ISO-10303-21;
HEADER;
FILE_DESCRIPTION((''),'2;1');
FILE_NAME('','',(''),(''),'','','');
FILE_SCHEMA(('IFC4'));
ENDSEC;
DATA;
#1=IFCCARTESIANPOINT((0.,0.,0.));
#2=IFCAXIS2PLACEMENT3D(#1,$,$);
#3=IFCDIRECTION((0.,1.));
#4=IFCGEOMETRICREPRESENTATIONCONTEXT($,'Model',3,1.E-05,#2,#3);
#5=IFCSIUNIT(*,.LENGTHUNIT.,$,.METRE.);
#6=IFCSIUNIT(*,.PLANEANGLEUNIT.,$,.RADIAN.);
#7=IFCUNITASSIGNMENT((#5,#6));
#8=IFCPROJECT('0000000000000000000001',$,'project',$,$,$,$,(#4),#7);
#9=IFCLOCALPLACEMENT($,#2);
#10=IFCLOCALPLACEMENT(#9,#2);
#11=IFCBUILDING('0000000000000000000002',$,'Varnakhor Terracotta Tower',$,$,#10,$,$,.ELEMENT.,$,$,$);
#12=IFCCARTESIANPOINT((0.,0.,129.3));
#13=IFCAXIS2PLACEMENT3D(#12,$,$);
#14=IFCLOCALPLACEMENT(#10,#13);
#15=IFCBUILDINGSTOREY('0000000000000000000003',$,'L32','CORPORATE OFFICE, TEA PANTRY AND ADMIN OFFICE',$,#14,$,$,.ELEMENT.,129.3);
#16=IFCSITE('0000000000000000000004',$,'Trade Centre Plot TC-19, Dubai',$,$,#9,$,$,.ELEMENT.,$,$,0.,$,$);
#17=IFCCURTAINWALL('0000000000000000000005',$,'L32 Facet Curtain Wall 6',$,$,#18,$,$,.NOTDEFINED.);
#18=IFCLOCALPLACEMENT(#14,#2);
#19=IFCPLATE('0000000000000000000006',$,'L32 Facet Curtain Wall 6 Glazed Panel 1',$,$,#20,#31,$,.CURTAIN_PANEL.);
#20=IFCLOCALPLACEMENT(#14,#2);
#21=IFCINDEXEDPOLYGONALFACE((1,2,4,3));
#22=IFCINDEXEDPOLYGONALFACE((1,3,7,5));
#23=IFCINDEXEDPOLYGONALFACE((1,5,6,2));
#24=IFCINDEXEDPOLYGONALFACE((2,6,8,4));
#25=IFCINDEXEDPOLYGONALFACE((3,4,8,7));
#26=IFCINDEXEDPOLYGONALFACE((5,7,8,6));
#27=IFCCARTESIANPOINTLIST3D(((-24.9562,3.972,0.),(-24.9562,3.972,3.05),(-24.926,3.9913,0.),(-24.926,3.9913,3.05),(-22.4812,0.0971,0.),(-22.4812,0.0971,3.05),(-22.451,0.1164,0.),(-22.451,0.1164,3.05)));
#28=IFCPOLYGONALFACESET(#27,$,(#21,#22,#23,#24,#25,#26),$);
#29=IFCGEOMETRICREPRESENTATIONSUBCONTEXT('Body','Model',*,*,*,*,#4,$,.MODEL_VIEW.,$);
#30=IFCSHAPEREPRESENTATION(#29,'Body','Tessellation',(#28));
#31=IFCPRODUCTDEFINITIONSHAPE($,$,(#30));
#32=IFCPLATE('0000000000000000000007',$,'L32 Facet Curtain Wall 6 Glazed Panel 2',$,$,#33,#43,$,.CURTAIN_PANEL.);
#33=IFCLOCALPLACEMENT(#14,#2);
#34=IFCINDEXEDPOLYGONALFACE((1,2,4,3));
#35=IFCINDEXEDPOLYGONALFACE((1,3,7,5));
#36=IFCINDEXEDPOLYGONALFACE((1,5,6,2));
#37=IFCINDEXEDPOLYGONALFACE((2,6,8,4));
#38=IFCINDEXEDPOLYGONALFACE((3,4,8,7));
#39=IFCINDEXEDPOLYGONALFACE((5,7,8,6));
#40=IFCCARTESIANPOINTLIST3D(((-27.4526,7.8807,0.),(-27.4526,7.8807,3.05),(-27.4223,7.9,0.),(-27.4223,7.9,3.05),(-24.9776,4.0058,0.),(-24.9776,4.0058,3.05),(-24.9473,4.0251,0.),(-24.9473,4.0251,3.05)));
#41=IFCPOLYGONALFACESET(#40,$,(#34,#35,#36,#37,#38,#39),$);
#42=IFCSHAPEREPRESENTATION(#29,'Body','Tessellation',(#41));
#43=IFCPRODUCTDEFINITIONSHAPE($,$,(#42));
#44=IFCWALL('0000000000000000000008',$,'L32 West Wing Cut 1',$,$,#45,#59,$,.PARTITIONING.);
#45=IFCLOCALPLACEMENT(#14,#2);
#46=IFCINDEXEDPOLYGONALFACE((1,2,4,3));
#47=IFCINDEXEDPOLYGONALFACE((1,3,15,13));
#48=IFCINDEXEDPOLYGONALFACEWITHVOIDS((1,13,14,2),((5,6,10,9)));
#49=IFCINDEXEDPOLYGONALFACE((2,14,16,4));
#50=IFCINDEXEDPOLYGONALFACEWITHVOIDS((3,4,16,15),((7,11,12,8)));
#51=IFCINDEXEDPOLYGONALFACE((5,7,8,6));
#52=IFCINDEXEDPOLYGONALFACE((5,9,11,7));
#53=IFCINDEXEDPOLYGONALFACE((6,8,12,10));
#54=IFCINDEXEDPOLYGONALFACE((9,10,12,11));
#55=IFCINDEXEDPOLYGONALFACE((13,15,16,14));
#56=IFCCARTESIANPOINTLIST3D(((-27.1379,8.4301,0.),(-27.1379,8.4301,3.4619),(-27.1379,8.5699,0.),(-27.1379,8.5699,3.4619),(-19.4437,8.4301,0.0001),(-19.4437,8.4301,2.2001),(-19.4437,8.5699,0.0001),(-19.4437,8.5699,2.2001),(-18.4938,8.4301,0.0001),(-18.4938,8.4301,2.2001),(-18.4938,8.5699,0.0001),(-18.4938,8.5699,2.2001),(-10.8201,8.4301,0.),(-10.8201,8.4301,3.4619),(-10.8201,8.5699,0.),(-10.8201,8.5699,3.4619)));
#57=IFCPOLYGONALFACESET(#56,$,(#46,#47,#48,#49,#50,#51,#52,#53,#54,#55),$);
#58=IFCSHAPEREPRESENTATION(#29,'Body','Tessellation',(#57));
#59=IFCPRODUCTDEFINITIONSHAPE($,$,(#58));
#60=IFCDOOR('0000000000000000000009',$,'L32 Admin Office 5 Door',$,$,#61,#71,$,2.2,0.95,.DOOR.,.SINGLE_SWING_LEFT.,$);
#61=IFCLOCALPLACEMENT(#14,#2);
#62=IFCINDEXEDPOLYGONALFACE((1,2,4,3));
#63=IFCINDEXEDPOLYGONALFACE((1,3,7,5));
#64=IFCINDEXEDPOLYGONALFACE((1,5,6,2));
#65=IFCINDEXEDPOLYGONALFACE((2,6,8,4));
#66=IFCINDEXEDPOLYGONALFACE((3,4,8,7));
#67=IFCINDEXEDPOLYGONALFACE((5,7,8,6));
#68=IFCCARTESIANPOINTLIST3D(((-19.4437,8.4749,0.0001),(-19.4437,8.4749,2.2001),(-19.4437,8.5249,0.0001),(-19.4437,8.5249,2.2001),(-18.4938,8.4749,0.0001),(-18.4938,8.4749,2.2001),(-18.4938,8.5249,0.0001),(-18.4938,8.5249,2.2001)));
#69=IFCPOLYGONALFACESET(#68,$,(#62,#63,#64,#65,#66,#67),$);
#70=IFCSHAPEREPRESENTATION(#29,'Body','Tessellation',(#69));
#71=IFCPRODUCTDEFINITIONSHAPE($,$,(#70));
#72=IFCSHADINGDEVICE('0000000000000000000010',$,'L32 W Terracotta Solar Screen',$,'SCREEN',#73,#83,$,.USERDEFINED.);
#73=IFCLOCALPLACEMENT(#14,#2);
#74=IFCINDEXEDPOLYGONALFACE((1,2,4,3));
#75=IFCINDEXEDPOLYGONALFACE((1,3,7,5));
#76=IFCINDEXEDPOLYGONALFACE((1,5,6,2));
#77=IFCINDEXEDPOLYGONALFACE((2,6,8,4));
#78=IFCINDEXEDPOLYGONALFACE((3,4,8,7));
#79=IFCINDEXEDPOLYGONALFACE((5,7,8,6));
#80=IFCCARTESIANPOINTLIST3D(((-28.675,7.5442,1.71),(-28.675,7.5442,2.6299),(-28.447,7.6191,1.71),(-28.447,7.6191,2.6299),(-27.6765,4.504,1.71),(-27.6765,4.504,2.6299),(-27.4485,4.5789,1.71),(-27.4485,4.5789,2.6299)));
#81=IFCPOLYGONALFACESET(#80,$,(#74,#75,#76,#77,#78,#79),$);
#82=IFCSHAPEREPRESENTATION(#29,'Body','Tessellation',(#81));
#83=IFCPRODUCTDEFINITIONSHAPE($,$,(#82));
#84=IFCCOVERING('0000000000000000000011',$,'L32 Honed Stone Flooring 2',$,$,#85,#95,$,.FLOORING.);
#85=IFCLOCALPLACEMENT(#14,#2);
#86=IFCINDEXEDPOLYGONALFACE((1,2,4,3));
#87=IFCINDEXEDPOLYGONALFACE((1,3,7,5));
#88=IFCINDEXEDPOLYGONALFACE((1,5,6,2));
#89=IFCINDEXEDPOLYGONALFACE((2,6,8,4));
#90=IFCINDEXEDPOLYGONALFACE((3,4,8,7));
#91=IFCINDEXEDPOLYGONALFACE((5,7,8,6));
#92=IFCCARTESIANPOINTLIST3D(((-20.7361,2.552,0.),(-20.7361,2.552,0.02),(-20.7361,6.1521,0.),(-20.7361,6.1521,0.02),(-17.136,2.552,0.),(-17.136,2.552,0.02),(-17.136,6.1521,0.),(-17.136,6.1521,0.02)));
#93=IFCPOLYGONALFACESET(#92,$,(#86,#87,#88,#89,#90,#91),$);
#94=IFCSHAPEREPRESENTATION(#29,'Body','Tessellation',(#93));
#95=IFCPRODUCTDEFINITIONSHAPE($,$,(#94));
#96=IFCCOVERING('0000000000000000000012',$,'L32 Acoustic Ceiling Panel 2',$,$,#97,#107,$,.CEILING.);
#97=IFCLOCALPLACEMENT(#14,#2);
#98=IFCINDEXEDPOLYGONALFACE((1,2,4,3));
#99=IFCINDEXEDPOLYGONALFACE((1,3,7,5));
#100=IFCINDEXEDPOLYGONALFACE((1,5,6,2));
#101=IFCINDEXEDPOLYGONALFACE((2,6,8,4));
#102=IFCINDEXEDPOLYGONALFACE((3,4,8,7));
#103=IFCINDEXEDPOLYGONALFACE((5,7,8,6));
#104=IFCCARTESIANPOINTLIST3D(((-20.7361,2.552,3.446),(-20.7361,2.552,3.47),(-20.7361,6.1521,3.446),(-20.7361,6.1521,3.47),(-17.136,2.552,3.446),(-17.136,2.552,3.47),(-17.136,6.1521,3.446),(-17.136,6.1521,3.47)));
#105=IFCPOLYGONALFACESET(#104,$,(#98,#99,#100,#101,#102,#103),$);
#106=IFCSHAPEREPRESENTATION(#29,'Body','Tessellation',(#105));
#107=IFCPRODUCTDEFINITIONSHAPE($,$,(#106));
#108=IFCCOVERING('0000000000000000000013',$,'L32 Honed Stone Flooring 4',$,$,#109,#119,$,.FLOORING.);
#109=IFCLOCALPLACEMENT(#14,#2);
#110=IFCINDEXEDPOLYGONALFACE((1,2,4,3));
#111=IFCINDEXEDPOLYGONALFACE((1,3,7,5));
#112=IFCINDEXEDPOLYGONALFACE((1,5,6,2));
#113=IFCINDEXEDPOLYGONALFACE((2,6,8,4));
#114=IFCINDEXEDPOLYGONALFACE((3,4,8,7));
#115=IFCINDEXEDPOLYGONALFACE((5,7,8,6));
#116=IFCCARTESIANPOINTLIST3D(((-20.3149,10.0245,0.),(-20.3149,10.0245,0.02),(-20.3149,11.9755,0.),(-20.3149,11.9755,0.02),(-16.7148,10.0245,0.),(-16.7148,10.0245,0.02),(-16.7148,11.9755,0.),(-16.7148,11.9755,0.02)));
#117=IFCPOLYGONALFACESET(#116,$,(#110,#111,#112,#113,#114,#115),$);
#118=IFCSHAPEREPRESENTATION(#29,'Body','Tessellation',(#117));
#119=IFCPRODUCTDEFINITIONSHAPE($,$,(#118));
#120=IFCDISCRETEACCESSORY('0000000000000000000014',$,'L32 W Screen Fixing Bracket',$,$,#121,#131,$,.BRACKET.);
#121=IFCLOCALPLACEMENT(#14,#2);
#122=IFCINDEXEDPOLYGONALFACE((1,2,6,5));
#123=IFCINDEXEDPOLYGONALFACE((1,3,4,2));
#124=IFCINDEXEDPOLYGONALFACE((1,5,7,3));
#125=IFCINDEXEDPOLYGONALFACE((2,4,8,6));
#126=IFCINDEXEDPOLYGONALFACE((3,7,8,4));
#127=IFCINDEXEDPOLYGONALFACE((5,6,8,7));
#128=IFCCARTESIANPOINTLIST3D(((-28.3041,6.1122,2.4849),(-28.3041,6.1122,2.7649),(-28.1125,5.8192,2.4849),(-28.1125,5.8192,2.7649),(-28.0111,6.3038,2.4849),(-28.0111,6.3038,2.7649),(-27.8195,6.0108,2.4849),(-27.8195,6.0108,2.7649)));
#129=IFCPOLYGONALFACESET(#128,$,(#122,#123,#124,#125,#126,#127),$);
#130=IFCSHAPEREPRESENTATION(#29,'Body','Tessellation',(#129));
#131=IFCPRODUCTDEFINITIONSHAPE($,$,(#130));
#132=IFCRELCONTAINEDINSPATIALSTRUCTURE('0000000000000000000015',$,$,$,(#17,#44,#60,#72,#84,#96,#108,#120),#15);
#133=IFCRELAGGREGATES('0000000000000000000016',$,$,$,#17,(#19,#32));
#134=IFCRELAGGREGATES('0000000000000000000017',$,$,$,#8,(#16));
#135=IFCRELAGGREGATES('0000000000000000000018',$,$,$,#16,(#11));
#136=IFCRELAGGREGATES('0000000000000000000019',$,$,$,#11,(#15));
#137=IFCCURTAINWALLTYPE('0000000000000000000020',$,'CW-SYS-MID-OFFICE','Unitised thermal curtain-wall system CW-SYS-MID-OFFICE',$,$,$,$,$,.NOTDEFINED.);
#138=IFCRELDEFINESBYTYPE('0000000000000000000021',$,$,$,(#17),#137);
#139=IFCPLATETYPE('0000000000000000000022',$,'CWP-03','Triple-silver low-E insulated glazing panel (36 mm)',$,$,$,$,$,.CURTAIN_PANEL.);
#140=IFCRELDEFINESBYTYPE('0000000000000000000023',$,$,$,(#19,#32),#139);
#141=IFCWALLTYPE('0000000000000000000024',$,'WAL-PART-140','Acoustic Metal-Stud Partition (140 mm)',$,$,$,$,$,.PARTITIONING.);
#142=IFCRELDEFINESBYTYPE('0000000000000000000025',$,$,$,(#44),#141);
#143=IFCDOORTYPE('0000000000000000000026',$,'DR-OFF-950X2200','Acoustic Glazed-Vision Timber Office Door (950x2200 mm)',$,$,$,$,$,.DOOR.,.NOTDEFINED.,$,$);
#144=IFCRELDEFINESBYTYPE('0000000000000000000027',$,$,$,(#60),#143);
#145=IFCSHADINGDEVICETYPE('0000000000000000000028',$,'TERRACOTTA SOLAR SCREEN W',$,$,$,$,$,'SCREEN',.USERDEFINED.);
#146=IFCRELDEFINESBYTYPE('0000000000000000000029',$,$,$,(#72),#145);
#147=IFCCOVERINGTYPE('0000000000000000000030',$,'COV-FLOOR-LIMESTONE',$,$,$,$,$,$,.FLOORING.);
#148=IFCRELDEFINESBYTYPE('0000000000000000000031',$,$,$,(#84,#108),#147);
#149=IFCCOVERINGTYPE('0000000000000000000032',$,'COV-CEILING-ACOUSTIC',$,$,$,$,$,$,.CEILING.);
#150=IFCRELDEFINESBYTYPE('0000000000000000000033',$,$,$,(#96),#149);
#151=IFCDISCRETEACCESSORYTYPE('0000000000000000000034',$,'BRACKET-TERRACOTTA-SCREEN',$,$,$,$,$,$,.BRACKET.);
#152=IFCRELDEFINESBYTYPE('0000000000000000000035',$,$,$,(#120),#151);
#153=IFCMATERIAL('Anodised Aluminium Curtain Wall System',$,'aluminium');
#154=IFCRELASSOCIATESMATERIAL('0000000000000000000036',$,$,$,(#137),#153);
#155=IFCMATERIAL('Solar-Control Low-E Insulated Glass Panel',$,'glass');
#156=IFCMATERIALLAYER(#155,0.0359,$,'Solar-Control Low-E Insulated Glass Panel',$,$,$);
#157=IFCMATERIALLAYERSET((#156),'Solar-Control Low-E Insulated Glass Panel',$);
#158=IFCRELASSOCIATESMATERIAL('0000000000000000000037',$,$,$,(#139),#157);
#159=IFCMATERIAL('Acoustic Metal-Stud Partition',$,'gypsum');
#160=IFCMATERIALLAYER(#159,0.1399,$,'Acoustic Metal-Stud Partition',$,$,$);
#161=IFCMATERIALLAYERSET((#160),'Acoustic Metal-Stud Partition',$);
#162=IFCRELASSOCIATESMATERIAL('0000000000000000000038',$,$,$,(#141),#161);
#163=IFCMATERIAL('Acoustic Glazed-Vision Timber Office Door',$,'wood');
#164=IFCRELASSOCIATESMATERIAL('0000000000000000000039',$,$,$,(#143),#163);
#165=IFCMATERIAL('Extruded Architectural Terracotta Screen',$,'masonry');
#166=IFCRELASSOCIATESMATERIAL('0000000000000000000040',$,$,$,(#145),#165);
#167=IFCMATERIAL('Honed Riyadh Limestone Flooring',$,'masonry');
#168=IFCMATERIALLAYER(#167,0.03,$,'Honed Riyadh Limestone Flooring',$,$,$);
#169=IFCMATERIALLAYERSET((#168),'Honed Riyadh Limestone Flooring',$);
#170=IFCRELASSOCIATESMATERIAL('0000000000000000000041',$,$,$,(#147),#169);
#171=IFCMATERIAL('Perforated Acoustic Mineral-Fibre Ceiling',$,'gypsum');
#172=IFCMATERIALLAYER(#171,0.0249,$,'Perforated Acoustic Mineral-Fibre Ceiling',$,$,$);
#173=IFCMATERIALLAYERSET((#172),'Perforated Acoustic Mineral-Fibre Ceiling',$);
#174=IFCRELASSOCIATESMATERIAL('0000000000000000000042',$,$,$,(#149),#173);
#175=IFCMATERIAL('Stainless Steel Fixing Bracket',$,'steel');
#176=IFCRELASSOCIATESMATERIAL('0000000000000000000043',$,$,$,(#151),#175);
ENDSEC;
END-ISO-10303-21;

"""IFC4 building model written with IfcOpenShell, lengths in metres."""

from ifc_helpers import new_model, si_unit, direction, frame, frame_2d, origin, origin_2d, place, context, subcontext, project, spatial, rectangle, extrude, source, transform, mapped, material, layer, layer_set, type_object, type_shapes, element, fill, aggregate, save


model = new_model("IFC4")

# Units and contexts
model_context = context("Model", 3, precision=1e-05, world=origin(), true_north=direction((0.0, 1.0)))
body_context = subcontext(model_context, "Body", "Model", "MODEL_VIEW")
ifc_project = project(units=[si_unit("LENGTHUNIT", "METRE"), si_unit("PLANEANGLEUNIT", "RADIAN")], contexts=[model_context])

# Site, building, storey
site_placement = place(None, origin())
site = spatial("IfcSite", under=ifc_project, at=site_placement, Name="Trade Centre Plot TC-19, Dubai", CompositionType="ELEMENT", RefElevation=0.0)
building_placement = place(site_placement, origin())
building = spatial("IfcBuilding", under=site, at=building_placement, Name="Varnakhor Terracotta Tower", CompositionType="ELEMENT")
storey_placement = place(building_placement, frame((0.0, 0.0, 129.3)))
storey = spatial("IfcBuildingStorey", under=building, at=storey_placement, Name="L32", Description="CORPORATE OFFICE, TEA PANTRY AND ADMIN OFFICE", CompositionType="ELEMENT", Elevation=129.3)

# Curtain wall
ifc_material_1 = material(Name="Anodised Aluminium Curtain Wall System", Category="aluminium")
curtain_wall_type = type_object("IfcCurtainWallType", Name="CW-SYS-MID-OFFICE", Description="Unitised thermal curtain-wall system CW-SYS-MID-OFFICE", PredefinedType="NOTDEFINED", material=ifc_material_1)
curtain_wall_1_placement = place(storey_placement, origin())
curtain_wall_1 = element("IfcCurtainWall", 1, at=curtain_wall_1_placement, inside=storey, type_object=curtain_wall_type, Name="L32 Facet Curtain Wall 6", PredefinedType="NOTDEFINED")

# Plates
ifc_material_2 = material(Name="Solar-Control Low-E Insulated Glass Panel", Category="glass")
ifc_layer_1 = layer(ifc_material_2, 0.0359, Name="Solar-Control Low-E Insulated Glass Panel")
ifc_layer_set_1 = layer_set([ifc_layer_1], Name="Solar-Control Low-E Insulated Glass Panel")
plate_type = type_object("IfcPlateType", Name="CWP-03", Description="Triple-silver low-E insulated glazing panel (36 mm)", PredefinedType="CURTAIN_PANEL", material=ifc_layer_set_1)
shared_shape_1 = source(origin(), body_context, "Body", "SweptSolid", [
    extrude(rectangle(XDim=4.5979, YDim=0.0359, at=origin_2d()), origin(), (0.0, 0.0, 1.0), 3.05),
])
plate_1_placement = place(storey_placement, frame((-23.7036, 2.0442, 0.0), z_axis=(0.0, 0.0, 1.0), x_axis=(-0.538285, 0.842763, 0.0)))
plate_1 = element("IfcPlate", 2, at=plate_1_placement, type_object=plate_type, Name="L32 Facet Curtain Wall 6 Glazed Panel 1", PredefinedType="CURTAIN_PANEL", context=body_context, shape_type="MappedRepresentation", body=[
    mapped(shared_shape_1, transform((0.0, 0.0, 0.0), scale=1.0)),
])
plate_2_placement = place(storey_placement, frame((-26.2, 5.9529, 0.0), z_axis=(0.0, 0.0, 1.0), x_axis=(-0.538285, 0.842763, 0.0)))
plate_2 = element("IfcPlate", 3, at=plate_2_placement, type_object=plate_type, Name="L32 Facet Curtain Wall 6 Glazed Panel 2", PredefinedType="CURTAIN_PANEL", context=body_context, shape_type="MappedRepresentation", body=[
    mapped(shared_shape_1, transform((0.0, 0.0, 0.0), scale=1.0)),
])
aggregate(curtain_wall_1, [plate_1, plate_2])

# Wall, opening, door
ifc_material_3 = material(Name="Acoustic Metal-Stud Partition", Category="gypsum")
ifc_layer_2 = layer(ifc_material_3, 0.1399, Name="Acoustic Metal-Stud Partition")
ifc_layer_set_2 = layer_set([ifc_layer_2], Name="Acoustic Metal-Stud Partition")
wall_type = type_object("IfcWallType", Name="WAL-PART-140", Description="Acoustic Metal-Stud Partition (140 mm)", PredefinedType="PARTITIONING", material=ifc_layer_set_2)
wall_placement = place(storey_placement, frame((-27.1379, 8.5, 0.0), z_axis=(0.0, 0.0, 1.0), x_axis=(1.0, 0.0, 0.0)))
wall = element("IfcWall", 4, at=wall_placement, inside=storey, type_object=wall_type, Name="L32 West Wing Cut 1", PredefinedType="PARTITIONING", context=body_context, shape_type="SweptSolid", body=[
    extrude(rectangle(XDim=16.3179, YDim=0.1399, at=frame_2d((8.1589, 0.0))), origin(), (0.0, 0.0, 1.0), 3.4619),
])
opening_placement = place(wall_placement, frame((7.6941, 0.0, 0.0)))
opening = element("IfcOpeningElement", 5, at=opening_placement, cuts=wall, PredefinedType="OPENING", context=body_context, shape_type="SweptSolid", body=[
    extrude(rectangle(XDim=0.95, YDim=2.2, at=frame_2d((0.4751, 1.1001))), frame((0.0, 0.0801, 0.0), z_axis=(0.0, -1.0, 0.0), x_axis=(1.0, 0.0, 0.0)), (0.0, 0.0, 1.0), 0.1599),
])
ifc_material_4 = material(Name="Acoustic Glazed-Vision Timber Office Door", Category="wood")
door_type = type_object("IfcDoorType", Name="DR-OFF-950X2200", Description="Acoustic Glazed-Vision Timber Office Door (950x2200 mm)", OperationType="NOTDEFINED", PredefinedType="DOOR", material=ifc_material_4)
shared_shape_2 = source(origin(), body_context, "Body", "SweptSolid", [
    extrude(rectangle(XDim=0.95, YDim=2.2, at=frame_2d((0.4751, 1.1001))), frame((0.0, 0.0249, 0.0), z_axis=(0.0, -1.0, 0.0), x_axis=(1.0, 0.0, 0.0)), (0.0, 0.0, 1.0), 0.05),
])
type_shapes(door_type, [shared_shape_2])
door_placement = place(opening_placement, origin())
door = element("IfcDoor", 6, at=door_placement, inside=storey, type_object=door_type, Name="L32 Admin Office 5 Door", OperationType="SINGLE_SWING_LEFT", OverallHeight=2.2, OverallWidth=0.95, PredefinedType="DOOR", context=body_context, shape_type="MappedRepresentation", body=[
    mapped(shared_shape_2, transform((0.0, 0.0, 0.0), scale=1.0)),
])
fill(opening, door)

# Shading device
ifc_material_5 = material(Name="Extruded Architectural Terracotta Screen", Category="masonry")
shading_device_type = type_object("IfcShadingDeviceType", Name="TERRACOTTA SOLAR SCREEN W", ElementType="SCREEN", PredefinedType="USERDEFINED", material=ifc_material_5)
shared_shape_3 = source(origin(), body_context, "Body", "SweptSolid", [
    extrude(rectangle(XDim=3.2, YDim=0.24, at=origin_2d()), origin(), (0.0, 0.0, 1.0), 0.9199),
])
type_shapes(shading_device_type, [shared_shape_3])
shading_device_placement = place(storey_placement, frame((-28.0618, 6.0615, 1.71), z_axis=(0.0, 0.0, 1.0), x_axis=(0.312036, -0.95007, 0.0)))
element("IfcShadingDevice", 7, at=shading_device_placement, inside=storey, type_object=shading_device_type, Name="L32 W Terracotta Solar Screen", ObjectType="SCREEN", PredefinedType="USERDEFINED", context=body_context, shape_type="MappedRepresentation", body=[
    mapped(shared_shape_3, transform((0.0, 0.0, 0.0), scale=1.0)),
])

# Coverings
ifc_material_6 = material(Name="Honed Riyadh Limestone Flooring", Category="masonry")
ifc_layer_3 = layer(ifc_material_6, 0.03, Name="Honed Riyadh Limestone Flooring")
ifc_layer_set_3 = layer_set([ifc_layer_3], Name="Honed Riyadh Limestone Flooring")
covering_type_1 = type_object("IfcCoveringType", Name="COV-FLOOR-LIMESTONE", PredefinedType="FLOORING", material=ifc_layer_set_3)
shared_shape_4 = source(origin(), body_context, "Body", "SweptSolid", [
    extrude(rectangle(XDim=3.6001, YDim=3.6001, at=origin_2d()), origin(), (0.0, 0.0, 1.0), 0.02),
])
covering_1_placement = place(storey_placement, frame((-18.936, 4.3521, 0.0), z_axis=(0.0, 0.0, 1.0), x_axis=(1.0, 0.0, 0.0)))
element("IfcCovering", 8, at=covering_1_placement, inside=storey, type_object=covering_type_1, Name="L32 Honed Stone Flooring 2", PredefinedType="FLOORING", context=body_context, shape_type="MappedRepresentation", body=[
    mapped(shared_shape_4, transform((0.0, 0.0, 0.0), scale=1.0)),
])
ifc_material_7 = material(Name="Perforated Acoustic Mineral-Fibre Ceiling", Category="gypsum")
ifc_layer_4 = layer(ifc_material_7, 0.0249, Name="Perforated Acoustic Mineral-Fibre Ceiling")
ifc_layer_set_4 = layer_set([ifc_layer_4], Name="Perforated Acoustic Mineral-Fibre Ceiling")
covering_type_2 = type_object("IfcCoveringType", Name="COV-CEILING-ACOUSTIC", PredefinedType="CEILING", material=ifc_layer_set_4)
shared_shape_5 = source(origin(), body_context, "Body", "SweptSolid", [
    extrude(rectangle(XDim=3.6001, YDim=3.6001, at=origin_2d()), origin(), (0.0, 0.0, 1.0), 0.0239),
])
covering_2_placement = place(storey_placement, frame((-18.936, 4.3521, 3.446), z_axis=(0.0, 0.0, 1.0), x_axis=(1.0, 0.0, 0.0)))
element("IfcCovering", 9, at=covering_2_placement, inside=storey, type_object=covering_type_2, Name="L32 Acoustic Ceiling Panel 2", PredefinedType="CEILING", context=body_context, shape_type="MappedRepresentation", body=[
    mapped(shared_shape_5, transform((0.0, 0.0, 0.0), scale=1.0)),
])
shared_shape_6 = source(origin(), body_context, "Body", "SweptSolid", [
    extrude(rectangle(XDim=3.6001, YDim=1.9509, at=origin_2d()), origin(), (0.0, 0.0, 1.0), 0.02),
])
covering_3_placement = place(storey_placement, frame((-18.5149, 11.0, 0.0), z_axis=(0.0, 0.0, 1.0), x_axis=(1.0, 0.0, 0.0)))
element("IfcCovering", 10, at=covering_3_placement, inside=storey, type_object=covering_type_1, Name="L32 Honed Stone Flooring 4", PredefinedType="FLOORING", context=body_context, shape_type="MappedRepresentation", body=[
    mapped(shared_shape_6, transform((0.0, 0.0, 0.0), scale=1.0)),
])

# Discrete accessory
ifc_material_8 = material(Name="Stainless Steel Fixing Bracket", Category="steel")
discrete_accessory_type = type_object("IfcDiscreteAccessoryType", Name="BRACKET-TERRACOTTA-SCREEN", PredefinedType="BRACKET", material=ifc_material_8)
shared_shape_7 = source(origin(), body_context, "Body", "SweptSolid", [
    extrude(rectangle(XDim=0.3501, YDim=0.3501, at=origin_2d()), origin(), (0.0, 0.0, 1.0), 0.28),
])
type_shapes(discrete_accessory_type, [shared_shape_7])
discrete_accessory_placement = place(storey_placement, frame((-28.0618, 6.0615, 2.4849), z_axis=(0.0, 0.0, 1.0), x_axis=(0.5473, -0.836936, 0.0)))
element("IfcDiscreteAccessory", 11, at=discrete_accessory_placement, inside=storey, type_object=discrete_accessory_type, Name="L32 W Screen Fixing Bracket", PredefinedType="BRACKET", context=body_context, shape_type="MappedRepresentation", body=[
    mapped(shared_shape_7, transform((0.0, 0.0, 0.0), scale=1.0)),
])

save(model, "model.ifc")
